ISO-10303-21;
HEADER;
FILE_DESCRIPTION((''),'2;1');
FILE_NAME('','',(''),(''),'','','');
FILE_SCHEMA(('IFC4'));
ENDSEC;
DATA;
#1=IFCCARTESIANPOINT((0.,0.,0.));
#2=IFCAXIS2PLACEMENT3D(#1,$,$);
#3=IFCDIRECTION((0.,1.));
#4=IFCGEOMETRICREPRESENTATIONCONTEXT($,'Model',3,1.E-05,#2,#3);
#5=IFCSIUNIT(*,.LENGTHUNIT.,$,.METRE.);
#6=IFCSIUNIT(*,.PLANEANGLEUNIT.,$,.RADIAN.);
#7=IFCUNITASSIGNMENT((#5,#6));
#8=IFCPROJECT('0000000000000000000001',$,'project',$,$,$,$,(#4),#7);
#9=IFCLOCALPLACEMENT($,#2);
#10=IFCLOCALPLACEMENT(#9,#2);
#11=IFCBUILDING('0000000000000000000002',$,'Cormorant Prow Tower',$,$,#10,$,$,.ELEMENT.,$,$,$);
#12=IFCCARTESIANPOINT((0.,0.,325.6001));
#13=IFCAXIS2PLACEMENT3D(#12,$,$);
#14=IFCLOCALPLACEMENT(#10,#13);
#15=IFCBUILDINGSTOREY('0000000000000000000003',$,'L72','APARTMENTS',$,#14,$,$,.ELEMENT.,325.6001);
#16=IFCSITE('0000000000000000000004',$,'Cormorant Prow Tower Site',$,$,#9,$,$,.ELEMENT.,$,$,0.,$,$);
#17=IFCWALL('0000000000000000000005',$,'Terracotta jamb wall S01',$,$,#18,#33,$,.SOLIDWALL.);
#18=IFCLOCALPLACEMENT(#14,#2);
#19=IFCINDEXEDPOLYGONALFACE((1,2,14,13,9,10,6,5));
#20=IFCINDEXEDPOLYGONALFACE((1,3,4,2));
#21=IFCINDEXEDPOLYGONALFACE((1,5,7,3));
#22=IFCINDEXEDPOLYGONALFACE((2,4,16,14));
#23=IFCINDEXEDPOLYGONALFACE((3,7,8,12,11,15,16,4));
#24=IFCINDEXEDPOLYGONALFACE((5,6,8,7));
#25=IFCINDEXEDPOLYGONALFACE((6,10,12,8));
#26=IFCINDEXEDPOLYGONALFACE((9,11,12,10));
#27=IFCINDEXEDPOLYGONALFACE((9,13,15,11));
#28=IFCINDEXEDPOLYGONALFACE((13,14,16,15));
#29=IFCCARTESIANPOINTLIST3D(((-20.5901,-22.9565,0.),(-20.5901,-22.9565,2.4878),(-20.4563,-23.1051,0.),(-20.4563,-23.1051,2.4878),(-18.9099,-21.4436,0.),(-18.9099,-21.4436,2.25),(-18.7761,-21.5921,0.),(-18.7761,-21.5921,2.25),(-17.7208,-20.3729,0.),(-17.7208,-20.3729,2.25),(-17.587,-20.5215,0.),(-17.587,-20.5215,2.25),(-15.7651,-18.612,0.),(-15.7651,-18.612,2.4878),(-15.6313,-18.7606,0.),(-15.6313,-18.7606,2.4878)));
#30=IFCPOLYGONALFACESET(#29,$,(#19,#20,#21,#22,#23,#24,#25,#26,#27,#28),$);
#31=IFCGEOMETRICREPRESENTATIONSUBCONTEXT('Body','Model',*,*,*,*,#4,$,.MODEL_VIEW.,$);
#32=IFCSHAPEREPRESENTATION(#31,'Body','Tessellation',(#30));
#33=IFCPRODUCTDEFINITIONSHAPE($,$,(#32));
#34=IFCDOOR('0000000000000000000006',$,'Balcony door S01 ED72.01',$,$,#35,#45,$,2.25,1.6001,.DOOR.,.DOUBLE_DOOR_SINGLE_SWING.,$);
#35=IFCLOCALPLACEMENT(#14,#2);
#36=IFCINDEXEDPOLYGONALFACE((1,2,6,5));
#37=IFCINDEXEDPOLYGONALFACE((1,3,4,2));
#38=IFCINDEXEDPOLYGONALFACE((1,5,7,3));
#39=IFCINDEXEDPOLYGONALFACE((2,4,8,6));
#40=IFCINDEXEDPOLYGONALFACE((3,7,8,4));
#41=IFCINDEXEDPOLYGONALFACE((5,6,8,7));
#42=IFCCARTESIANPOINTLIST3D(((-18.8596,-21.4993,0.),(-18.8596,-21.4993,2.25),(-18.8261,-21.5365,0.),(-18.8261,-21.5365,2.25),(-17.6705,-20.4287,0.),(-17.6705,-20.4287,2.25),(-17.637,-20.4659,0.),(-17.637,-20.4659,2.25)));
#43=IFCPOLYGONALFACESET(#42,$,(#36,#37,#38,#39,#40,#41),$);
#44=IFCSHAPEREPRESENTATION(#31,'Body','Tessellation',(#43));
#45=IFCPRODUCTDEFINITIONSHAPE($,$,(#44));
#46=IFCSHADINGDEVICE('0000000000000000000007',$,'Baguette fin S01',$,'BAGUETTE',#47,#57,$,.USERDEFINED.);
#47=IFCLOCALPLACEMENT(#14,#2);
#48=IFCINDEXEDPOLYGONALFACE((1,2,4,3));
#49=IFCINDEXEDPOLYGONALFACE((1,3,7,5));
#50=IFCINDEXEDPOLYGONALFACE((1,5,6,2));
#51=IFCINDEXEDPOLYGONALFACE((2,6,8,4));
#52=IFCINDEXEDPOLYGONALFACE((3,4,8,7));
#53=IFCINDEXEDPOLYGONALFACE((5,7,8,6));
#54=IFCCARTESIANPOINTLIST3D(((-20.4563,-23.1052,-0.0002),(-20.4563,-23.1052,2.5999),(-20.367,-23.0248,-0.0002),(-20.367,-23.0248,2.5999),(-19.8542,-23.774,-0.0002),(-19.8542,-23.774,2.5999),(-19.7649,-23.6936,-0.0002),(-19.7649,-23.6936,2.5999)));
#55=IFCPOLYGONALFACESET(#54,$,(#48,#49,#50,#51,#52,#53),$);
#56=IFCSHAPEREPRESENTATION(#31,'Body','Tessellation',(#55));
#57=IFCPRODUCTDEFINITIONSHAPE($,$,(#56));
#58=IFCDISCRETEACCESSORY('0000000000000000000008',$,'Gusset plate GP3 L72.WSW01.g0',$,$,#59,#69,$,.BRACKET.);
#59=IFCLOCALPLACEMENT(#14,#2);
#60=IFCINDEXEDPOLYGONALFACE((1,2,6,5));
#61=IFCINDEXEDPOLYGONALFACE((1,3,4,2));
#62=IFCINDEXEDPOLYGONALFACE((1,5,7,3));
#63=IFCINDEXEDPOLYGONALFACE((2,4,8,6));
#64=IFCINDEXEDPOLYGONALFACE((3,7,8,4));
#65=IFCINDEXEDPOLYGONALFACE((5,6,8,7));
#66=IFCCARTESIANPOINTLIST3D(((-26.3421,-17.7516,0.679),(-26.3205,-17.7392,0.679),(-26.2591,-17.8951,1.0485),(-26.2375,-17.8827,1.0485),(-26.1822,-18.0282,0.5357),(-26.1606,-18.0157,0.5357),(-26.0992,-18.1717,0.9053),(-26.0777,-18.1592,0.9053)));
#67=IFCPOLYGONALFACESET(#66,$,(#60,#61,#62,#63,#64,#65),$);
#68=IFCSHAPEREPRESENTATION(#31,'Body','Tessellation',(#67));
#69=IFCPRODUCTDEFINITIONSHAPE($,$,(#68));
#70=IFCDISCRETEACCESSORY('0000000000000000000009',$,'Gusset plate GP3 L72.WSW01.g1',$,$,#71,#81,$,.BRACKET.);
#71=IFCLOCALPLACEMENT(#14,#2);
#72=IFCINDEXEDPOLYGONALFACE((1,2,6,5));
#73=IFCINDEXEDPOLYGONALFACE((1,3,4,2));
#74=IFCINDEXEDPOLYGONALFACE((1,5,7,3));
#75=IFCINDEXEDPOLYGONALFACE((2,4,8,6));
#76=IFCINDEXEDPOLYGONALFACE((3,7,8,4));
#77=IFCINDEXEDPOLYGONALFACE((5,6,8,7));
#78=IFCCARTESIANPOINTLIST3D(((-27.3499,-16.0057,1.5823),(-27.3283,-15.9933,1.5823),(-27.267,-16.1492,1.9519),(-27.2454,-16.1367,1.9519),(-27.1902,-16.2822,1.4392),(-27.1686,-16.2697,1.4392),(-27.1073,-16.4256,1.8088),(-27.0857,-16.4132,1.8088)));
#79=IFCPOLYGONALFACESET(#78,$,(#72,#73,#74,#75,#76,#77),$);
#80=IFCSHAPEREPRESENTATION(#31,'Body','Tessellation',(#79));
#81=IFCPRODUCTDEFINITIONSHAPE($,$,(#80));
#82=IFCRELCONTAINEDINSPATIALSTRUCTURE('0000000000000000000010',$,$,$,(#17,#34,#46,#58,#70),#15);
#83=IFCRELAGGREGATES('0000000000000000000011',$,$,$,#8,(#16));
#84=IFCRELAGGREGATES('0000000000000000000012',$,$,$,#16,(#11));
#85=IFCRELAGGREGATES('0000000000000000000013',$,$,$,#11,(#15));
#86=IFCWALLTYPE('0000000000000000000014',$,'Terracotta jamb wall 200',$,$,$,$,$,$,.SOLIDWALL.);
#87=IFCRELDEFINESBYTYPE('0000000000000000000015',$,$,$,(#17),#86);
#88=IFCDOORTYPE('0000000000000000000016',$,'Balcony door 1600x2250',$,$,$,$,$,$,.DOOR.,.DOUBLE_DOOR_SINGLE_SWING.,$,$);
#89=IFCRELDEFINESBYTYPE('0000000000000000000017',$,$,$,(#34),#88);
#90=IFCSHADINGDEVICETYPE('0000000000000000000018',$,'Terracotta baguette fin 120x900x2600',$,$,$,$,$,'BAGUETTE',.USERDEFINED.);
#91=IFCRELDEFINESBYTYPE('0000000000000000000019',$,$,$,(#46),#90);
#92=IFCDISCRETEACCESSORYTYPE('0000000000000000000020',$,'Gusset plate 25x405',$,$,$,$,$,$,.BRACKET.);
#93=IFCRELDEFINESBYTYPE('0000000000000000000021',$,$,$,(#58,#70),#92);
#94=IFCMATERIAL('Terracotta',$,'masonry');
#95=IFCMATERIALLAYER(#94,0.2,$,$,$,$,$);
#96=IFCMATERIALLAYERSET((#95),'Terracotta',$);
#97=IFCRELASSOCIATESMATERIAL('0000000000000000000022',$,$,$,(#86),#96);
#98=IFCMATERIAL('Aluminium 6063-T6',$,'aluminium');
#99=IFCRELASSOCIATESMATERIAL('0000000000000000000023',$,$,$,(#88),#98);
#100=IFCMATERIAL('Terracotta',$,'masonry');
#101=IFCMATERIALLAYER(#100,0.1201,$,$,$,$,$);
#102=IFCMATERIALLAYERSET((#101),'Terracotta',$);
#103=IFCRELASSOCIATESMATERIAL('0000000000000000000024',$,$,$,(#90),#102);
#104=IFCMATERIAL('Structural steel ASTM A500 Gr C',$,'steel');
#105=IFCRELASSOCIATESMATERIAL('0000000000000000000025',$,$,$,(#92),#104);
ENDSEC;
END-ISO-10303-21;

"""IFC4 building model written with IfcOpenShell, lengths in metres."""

from ifc_helpers import new_model, si_unit, direction, frame, frame_2d, origin, origin_2d, place, context, subcontext, project, spatial, rectangle, extrude, material, layer, layer_set, material_profile, profile_set, type_object, element, fill, save


model = new_model("IFC4")

# Units and contexts
model_context = context("Model", 3, precision=1e-05, world=origin(), true_north=direction((0.0, 1.0)))
body_context = subcontext(model_context, "Body", "Model", "MODEL_VIEW")
ifc_project = project(units=[si_unit("LENGTHUNIT", "METRE"), si_unit("PLANEANGLEUNIT", "RADIAN")], contexts=[model_context])

# Site, building, storey
site_placement = place(None, origin())
site = spatial("IfcSite", under=ifc_project, at=site_placement, Name="Cormorant Prow Tower Site", CompositionType="ELEMENT", RefElevation=0.0)
building_placement = place(site_placement, origin())
building = spatial("IfcBuilding", under=site, at=building_placement, Name="Cormorant Prow Tower", CompositionType="ELEMENT")
storey_placement = place(building_placement, frame((0.0, 0.0, 325.6001)))
storey = spatial("IfcBuildingStorey", under=building, at=storey_placement, Name="L72", Description="APARTMENTS", CompositionType="ELEMENT", Elevation=325.6001)

# Wall, opening, door
ifc_material_1 = material(Name="Terracotta", Category="masonry")
ifc_layer_1 = layer(ifc_material_1, 0.2)
ifc_layer_set_1 = layer_set([ifc_layer_1], Name="Terracotta")
wall_type_1 = type_object("IfcWallType", Name="Terracotta jamb wall 200", PredefinedType="SOLIDWALL", material=ifc_layer_set_1)
wall_1_placement = place(storey_placement, frame((-20.5232, -23.0308, 0.0), z_axis=(0.0, 0.0, 1.0), x_axis=(0.743139, 0.669137, 0.0)))
wall_1 = element("IfcWall", 1, at=wall_1_placement, inside=storey, type_object=wall_type_1, Name="Terracotta jamb wall S01", PredefinedType="SOLIDWALL", context=body_context, shape_type="SweptSolid", body=[
    extrude(rectangle(XDim=6.4927, YDim=0.2, at=frame_2d((3.2463, 0.0))), origin(), (0.0, 0.0, 1.0), 2.4878),
])
opening_1_placement = place(wall_1_placement, frame((2.261, 0.0, 0.0)))
opening_1 = element("IfcOpeningElement", 2, at=opening_1_placement, cuts=wall_1, PredefinedType="OPENING", context=body_context, shape_type="SweptSolid", body=[
    extrude(rectangle(XDim=1.6001, YDim=2.25, at=frame_2d((0.8, 1.125))), frame((0.0, 0.1099, 0.0), z_axis=(0.0, -1.0, 0.0), x_axis=(1.0, 0.0, 0.0)), (0.0, 0.0, 1.0), 0.22),
])
ifc_material_2 = material(Name="Aluminium 6063-T6", Category="aluminium")
door_type_1 = type_object("IfcDoorType", Name="Balcony door 1600x2250", OperationType="DOUBLE_DOOR_SINGLE_SWING", PredefinedType="DOOR", material=ifc_material_2)
door_1_placement = place(opening_1_placement, origin())
door_1 = element("IfcDoor", 3, at=door_1_placement, inside=storey, type_object=door_type_1, Name="Balcony door S01 ED72.01", OperationType="DOUBLE_DOOR_SINGLE_SWING", OverallHeight=2.25, OverallWidth=1.6001, PredefinedType="DOOR", context=body_context, shape_type="SweptSolid", body=[
    extrude(rectangle(XDim=1.6001, YDim=2.25, at=frame_2d((0.8, 1.125))), frame((0.0, 0.0249, 0.0), z_axis=(0.0, -1.0, 0.0), x_axis=(1.0, 0.0, 0.0)), (0.0, 0.0, 1.0), 0.05),
])
fill(opening_1, door_1)

# Shading device
ifc_material_3 = material(Name="Terracotta", Category="masonry")
ifc_layer_2 = layer(ifc_material_3, 0.1201)
ifc_layer_set_2 = layer_set([ifc_layer_2], Name="Terracotta")
shading_device_type = type_object("IfcShadingDeviceType", Name="Terracotta baguette fin 120x900x2600", ElementType="BAGUETTE", PredefinedType="USERDEFINED", material=ifc_layer_set_2)
shading_device_placement = place(storey_placement, frame((-20.1106, -23.3994, -0.0002), z_axis=(0.0, 0.0, 1.0), x_axis=(0.743145, 0.669131, 0.0)))
element("IfcShadingDevice", 4, at=shading_device_placement, inside=storey, type_object=shading_device_type, Name="Baguette fin S01", ObjectType="BAGUETTE", PredefinedType="USERDEFINED", context=body_context, shape_type="SweptSolid", body=[
    extrude(rectangle(XDim=0.1201, YDim=0.8999, at=origin_2d()), origin(), (0.0, 0.0, 1.0), 2.6001),
])

# Discrete accessories
ifc_material_4 = material(Name="Structural steel ASTM A500 Gr C", Category="steel")
ifc_material_profile_1 = material_profile(ifc_material_4, rectangle(XDim=0.0249, YDim=0.405, at=origin_2d()), Name="Gusset plate 25x405")
ifc_profile_set_1 = profile_set([ifc_material_profile_1], Name="Structural steel ASTM A500 Gr C")
discrete_accessory_type = type_object("IfcDiscreteAccessoryType", Name="Gusset plate 25x405", PredefinedType="BRACKET", material=ifc_profile_set_1)
discrete_accessory_1_placement = place(storey_placement, frame((-26.2898, -17.8171, 0.8638), z_axis=(0.456661, -0.78992, -0.409252), x_axis=(0.86574, 0.500494, 0.0)))
element("IfcDiscreteAccessory", 5, at=discrete_accessory_1_placement, inside=storey, type_object=discrete_accessory_type, Name="Gusset plate GP3 L72.WSW01.g0", PredefinedType="BRACKET", context=body_context, shape_type="SweptSolid", body=[
    extrude(rectangle(XDim=0.0249, YDim=0.405, at=origin_2d()), origin(), (0.0, 0.0, 1.0), 0.3501),
])
discrete_accessory_2_placement = place(storey_placement, frame((-27.1379, -16.3477, 1.624), z_axis=(-0.456491, 0.790135, 0.409027), x_axis=(-0.86588, -0.500252, 0.0)))
element("IfcDiscreteAccessory", 6, at=discrete_accessory_2_placement, inside=storey, type_object=discrete_accessory_type, Name="Gusset plate GP3 L72.WSW01.g1", PredefinedType="BRACKET", context=body_context, shape_type="SweptSolid", body=[
    extrude(rectangle(XDim=0.0249, YDim=0.405, at=origin_2d()), origin(), (0.0, 0.0, 1.0), 0.3499),
])

save(model, "model.ifc")
